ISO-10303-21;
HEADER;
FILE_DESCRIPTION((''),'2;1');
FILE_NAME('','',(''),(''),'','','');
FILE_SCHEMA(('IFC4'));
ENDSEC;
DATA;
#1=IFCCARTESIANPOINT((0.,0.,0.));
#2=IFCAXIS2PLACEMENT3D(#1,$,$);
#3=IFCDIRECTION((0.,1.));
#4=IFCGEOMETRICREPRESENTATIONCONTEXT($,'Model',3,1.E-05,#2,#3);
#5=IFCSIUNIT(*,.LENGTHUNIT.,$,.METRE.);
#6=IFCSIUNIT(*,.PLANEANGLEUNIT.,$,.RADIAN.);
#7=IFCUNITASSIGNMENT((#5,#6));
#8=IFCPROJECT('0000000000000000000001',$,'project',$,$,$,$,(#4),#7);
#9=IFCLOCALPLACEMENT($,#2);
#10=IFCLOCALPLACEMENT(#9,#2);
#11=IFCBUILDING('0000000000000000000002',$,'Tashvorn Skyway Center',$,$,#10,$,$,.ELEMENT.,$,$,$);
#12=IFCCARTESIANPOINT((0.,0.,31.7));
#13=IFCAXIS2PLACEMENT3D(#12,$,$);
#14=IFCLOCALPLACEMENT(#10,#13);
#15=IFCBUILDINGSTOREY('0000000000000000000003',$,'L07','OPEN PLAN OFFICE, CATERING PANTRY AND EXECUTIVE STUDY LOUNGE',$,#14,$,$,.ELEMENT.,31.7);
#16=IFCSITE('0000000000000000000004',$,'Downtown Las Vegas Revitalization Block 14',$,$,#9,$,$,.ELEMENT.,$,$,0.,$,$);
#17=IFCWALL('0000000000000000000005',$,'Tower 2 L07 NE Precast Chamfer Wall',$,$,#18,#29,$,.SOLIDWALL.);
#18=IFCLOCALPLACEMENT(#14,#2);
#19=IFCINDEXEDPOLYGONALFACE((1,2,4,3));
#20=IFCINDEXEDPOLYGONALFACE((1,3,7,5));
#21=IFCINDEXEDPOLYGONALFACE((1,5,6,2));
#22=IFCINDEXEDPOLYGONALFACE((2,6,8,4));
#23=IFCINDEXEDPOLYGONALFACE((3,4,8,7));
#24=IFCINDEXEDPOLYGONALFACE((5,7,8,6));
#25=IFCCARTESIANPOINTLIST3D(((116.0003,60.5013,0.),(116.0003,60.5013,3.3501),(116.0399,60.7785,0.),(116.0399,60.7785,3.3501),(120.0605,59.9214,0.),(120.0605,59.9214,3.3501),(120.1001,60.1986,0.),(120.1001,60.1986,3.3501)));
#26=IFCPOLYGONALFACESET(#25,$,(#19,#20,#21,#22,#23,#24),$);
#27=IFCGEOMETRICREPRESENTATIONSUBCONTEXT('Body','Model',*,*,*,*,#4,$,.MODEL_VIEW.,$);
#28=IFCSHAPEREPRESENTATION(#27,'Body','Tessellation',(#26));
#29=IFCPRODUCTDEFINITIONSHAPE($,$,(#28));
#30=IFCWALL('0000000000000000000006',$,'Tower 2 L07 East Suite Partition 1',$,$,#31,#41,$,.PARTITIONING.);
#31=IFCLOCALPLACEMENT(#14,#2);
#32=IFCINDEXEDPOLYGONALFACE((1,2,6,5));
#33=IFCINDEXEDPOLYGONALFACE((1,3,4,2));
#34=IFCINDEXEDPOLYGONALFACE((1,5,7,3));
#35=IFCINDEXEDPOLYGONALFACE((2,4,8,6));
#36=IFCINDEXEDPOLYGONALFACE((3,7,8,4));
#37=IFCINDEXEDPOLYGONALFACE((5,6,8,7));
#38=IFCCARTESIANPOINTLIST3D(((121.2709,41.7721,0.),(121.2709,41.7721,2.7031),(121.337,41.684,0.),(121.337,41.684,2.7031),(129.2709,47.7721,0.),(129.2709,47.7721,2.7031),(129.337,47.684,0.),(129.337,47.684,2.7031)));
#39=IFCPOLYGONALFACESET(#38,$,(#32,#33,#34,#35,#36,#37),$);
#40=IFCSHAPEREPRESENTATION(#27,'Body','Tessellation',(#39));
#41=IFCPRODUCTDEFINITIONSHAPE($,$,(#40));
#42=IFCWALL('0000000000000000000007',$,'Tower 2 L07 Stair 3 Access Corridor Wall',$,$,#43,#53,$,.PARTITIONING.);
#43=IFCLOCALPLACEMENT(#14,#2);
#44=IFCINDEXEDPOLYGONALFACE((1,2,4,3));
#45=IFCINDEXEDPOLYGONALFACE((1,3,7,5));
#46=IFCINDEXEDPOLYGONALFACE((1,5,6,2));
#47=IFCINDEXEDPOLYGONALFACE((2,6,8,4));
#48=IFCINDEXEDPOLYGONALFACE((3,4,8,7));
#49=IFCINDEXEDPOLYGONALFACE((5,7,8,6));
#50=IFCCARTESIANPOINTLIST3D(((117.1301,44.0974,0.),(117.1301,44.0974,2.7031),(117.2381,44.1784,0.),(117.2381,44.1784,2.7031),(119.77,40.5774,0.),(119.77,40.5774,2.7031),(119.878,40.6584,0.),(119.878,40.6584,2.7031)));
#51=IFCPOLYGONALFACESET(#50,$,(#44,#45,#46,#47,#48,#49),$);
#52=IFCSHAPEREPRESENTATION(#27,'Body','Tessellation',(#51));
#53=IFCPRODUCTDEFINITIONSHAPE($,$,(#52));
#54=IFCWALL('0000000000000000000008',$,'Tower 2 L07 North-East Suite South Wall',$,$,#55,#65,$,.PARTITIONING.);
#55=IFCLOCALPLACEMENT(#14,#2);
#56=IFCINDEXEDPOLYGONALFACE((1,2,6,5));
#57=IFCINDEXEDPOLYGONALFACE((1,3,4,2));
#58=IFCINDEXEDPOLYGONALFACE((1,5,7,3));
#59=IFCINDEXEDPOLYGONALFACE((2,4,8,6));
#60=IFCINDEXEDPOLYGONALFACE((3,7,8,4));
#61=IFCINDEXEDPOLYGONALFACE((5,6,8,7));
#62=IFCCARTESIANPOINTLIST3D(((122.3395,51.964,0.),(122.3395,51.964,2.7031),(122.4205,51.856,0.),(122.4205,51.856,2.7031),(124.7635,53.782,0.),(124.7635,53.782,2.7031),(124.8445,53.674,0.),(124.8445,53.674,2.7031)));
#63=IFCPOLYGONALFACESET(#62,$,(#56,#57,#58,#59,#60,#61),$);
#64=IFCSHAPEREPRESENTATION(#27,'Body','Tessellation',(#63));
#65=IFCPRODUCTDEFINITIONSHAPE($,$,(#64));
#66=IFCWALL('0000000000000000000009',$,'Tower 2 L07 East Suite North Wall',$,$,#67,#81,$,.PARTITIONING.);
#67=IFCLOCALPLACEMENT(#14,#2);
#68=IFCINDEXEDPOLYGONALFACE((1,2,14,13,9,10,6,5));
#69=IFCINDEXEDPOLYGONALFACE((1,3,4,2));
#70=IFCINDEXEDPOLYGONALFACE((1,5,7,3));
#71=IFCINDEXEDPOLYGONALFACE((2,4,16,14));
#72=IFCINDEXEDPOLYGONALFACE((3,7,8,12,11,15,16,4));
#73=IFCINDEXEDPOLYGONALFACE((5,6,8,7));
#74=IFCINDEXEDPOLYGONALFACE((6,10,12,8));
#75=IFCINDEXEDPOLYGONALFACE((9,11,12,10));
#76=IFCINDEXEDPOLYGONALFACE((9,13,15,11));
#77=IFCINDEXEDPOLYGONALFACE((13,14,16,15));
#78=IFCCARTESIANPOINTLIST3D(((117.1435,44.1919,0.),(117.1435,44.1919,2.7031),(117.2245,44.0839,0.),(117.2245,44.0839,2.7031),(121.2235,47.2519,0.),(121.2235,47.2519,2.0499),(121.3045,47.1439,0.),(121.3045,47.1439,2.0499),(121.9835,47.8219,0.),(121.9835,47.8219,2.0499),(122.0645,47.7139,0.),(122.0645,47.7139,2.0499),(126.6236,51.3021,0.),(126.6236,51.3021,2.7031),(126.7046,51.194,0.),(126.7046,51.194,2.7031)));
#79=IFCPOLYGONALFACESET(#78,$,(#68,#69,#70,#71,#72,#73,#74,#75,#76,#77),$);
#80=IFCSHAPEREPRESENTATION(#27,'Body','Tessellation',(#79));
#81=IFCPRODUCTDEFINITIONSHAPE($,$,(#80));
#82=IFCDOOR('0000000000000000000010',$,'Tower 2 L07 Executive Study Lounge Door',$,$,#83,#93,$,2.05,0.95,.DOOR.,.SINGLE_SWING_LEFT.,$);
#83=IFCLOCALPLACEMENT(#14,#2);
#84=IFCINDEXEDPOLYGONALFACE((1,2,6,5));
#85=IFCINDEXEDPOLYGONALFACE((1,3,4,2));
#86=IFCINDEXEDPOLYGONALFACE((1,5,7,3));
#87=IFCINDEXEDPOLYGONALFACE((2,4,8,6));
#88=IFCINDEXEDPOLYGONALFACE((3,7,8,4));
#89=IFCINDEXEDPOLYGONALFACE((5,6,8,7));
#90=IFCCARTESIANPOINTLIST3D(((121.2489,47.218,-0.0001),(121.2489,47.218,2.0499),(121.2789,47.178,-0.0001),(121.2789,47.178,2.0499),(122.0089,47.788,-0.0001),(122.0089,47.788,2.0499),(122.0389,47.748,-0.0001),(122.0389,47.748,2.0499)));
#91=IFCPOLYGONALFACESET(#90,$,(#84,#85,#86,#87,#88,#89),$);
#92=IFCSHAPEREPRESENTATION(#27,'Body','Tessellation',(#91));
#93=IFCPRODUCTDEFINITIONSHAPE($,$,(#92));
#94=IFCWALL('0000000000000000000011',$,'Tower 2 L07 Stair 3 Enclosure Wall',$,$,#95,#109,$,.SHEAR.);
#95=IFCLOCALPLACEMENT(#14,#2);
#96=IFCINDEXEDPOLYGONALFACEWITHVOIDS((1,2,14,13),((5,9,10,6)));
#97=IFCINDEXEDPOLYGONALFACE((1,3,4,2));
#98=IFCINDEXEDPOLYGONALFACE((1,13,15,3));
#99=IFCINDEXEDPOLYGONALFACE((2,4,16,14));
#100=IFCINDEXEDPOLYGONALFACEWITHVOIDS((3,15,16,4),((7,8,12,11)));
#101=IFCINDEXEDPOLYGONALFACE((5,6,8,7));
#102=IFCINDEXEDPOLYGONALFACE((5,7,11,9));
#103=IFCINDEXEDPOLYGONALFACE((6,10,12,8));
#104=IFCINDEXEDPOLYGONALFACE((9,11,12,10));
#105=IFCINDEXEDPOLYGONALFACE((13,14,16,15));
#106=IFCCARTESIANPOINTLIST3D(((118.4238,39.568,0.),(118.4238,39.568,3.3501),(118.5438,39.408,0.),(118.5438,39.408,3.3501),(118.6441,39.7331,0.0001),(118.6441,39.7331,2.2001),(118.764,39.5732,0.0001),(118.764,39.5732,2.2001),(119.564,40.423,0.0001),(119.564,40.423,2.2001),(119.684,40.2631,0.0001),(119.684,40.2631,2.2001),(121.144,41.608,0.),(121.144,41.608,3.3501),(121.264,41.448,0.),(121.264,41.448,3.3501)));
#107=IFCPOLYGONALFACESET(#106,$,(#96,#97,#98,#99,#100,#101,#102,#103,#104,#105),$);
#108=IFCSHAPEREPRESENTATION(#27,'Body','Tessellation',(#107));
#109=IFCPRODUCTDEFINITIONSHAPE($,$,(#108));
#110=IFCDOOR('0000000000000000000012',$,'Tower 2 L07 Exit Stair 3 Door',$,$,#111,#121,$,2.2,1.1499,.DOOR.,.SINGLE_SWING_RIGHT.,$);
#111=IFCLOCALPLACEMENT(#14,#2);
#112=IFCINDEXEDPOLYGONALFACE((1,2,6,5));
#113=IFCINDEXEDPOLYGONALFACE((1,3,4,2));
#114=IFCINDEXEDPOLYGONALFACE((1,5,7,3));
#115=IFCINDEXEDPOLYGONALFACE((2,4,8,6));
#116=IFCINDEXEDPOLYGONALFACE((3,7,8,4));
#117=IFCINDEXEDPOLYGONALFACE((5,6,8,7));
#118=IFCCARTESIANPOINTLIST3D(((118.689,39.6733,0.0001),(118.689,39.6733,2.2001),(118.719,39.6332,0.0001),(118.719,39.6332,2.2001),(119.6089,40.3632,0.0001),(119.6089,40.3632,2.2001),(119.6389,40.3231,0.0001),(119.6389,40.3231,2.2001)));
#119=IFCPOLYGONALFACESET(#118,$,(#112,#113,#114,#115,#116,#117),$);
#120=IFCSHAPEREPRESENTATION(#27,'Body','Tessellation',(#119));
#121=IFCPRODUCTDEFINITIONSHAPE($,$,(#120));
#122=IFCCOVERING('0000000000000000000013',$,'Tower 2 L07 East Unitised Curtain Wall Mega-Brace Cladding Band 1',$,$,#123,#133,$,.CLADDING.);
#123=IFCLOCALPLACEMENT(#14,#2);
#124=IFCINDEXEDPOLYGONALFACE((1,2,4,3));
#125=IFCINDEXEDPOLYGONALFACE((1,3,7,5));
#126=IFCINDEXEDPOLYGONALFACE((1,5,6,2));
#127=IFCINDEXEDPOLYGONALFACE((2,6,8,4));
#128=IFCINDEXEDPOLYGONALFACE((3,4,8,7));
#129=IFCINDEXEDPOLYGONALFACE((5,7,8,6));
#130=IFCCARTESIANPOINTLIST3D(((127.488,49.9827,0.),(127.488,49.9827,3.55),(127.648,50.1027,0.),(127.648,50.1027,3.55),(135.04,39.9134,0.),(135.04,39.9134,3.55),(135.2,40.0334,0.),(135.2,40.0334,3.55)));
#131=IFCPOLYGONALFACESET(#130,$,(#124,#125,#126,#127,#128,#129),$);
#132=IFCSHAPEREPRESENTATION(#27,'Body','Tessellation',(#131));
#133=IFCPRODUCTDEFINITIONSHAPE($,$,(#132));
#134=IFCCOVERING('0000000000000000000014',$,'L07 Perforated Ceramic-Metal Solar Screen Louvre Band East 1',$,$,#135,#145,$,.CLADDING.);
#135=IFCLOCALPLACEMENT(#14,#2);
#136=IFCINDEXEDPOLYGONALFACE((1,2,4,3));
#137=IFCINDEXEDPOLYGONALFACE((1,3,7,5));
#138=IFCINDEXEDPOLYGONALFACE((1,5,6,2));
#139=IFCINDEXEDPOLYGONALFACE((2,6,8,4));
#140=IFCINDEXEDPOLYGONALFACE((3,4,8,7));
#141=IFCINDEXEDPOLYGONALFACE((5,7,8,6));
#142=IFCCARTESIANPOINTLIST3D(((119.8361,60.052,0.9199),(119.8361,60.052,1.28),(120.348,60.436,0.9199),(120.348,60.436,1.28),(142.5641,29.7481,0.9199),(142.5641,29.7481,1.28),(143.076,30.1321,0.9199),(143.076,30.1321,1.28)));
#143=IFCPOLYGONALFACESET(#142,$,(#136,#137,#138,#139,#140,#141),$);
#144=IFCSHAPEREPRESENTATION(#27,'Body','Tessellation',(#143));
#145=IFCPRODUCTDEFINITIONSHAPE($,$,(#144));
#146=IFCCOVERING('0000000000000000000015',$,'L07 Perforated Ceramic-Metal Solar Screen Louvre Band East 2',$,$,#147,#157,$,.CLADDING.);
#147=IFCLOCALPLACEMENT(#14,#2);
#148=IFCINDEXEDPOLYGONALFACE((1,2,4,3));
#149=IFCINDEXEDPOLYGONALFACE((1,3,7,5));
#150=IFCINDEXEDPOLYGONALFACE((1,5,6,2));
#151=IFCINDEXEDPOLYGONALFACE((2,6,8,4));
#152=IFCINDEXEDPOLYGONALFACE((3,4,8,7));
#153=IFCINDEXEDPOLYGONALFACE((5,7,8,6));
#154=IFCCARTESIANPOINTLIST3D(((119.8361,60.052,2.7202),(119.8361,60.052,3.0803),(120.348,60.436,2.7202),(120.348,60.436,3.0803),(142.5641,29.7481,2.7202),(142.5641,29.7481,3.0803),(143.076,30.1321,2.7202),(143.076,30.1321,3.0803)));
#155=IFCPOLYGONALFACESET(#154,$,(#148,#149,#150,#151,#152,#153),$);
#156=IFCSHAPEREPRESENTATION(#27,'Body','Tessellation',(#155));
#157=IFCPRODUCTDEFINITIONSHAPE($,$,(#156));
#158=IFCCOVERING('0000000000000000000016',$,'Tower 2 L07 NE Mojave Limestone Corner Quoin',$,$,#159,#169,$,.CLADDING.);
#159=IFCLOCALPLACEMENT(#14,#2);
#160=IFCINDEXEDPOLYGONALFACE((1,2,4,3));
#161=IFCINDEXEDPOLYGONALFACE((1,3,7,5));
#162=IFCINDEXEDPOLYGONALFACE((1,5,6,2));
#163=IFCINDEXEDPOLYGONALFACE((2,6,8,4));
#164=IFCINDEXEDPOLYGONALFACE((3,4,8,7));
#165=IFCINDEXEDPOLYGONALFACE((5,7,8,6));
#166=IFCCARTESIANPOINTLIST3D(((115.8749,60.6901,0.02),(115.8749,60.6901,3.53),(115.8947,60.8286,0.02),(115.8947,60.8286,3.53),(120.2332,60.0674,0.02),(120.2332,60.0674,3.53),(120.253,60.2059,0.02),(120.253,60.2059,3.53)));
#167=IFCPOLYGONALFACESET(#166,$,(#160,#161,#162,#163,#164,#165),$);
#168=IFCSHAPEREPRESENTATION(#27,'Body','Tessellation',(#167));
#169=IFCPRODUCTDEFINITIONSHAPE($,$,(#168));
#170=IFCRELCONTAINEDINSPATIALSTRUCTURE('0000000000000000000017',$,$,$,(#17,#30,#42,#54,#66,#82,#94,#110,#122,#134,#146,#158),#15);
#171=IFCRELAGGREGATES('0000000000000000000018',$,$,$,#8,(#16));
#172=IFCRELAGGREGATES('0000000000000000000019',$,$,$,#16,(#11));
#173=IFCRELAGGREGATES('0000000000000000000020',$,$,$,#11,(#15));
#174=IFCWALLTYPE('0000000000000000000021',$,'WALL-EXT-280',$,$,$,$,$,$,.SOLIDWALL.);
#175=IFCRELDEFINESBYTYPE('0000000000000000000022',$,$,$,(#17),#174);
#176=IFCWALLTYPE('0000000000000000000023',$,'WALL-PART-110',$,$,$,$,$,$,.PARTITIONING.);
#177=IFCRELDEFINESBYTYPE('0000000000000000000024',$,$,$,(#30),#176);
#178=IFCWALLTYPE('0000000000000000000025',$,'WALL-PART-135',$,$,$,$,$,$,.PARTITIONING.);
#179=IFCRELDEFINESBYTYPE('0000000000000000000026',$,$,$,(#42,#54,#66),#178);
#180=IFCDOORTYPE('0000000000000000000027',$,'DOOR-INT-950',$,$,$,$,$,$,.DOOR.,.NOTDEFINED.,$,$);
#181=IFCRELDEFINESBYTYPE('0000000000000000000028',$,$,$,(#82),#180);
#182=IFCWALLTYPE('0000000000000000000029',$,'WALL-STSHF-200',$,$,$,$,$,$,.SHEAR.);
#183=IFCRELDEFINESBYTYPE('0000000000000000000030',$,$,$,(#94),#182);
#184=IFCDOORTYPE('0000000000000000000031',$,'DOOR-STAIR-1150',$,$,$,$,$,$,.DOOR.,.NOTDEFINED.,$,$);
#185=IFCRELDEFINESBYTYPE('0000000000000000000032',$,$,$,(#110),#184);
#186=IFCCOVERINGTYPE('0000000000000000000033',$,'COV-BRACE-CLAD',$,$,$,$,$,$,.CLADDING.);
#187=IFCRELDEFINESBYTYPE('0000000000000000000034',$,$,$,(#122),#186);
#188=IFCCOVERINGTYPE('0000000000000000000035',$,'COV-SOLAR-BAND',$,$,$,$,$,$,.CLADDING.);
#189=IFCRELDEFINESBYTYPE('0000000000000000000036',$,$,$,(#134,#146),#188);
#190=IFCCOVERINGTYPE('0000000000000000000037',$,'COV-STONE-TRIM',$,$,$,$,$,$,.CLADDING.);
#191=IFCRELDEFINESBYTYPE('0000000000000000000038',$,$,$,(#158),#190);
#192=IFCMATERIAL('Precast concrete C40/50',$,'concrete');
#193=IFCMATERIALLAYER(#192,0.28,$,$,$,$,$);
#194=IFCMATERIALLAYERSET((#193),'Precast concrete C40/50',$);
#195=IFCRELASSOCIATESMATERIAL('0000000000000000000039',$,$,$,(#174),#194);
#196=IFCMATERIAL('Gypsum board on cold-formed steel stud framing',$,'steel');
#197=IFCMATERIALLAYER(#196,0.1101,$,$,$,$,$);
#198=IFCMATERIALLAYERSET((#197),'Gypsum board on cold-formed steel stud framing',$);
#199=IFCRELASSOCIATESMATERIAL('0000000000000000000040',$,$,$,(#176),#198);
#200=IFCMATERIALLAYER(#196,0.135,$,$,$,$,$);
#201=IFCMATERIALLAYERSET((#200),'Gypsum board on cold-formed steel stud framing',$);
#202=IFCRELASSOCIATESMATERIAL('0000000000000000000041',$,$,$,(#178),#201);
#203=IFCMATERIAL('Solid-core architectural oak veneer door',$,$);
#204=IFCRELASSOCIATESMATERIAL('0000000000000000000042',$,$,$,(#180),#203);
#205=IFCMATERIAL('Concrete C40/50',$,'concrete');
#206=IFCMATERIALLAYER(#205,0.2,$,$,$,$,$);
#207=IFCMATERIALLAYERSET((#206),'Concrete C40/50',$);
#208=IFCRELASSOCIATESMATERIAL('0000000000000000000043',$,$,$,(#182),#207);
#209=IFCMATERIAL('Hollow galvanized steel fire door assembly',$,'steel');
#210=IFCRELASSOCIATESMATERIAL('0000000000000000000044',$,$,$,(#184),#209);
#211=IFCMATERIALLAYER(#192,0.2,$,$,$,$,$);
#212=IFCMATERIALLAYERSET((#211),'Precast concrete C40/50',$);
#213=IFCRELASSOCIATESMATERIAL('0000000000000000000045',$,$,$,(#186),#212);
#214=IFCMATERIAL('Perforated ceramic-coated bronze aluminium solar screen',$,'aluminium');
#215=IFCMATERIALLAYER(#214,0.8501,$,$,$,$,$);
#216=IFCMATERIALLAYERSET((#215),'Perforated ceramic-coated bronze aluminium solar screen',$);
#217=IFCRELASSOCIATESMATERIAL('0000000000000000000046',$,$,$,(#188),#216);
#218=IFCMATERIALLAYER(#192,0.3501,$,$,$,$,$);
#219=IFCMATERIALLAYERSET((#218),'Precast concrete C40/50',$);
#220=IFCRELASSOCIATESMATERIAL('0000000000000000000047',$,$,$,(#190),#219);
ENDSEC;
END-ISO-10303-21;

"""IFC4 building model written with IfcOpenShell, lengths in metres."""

from ifc_helpers import new_model, si_unit, direction, frame, frame_2d, origin, origin_2d, place, context, subcontext, project, spatial, rectangle, extrude, material, layer, layer_set, type_object, element, fill, save


model = new_model("IFC4")

# Units and contexts
model_context = context("Model", 3, precision=1e-05, world=origin(), true_north=direction((0.0, 1.0)))
body_context = subcontext(model_context, "Body", "Model", "MODEL_VIEW")
ifc_project = project(units=[si_unit("LENGTHUNIT", "METRE"), si_unit("PLANEANGLEUNIT", "RADIAN")], contexts=[model_context])

# Site, building, storey
site_placement = place(None, origin())
site = spatial("IfcSite", under=ifc_project, at=site_placement, Name="Downtown Las Vegas Revitalization Block 14", CompositionType="ELEMENT", RefElevation=0.0)
building_placement = place(site_placement, origin())
building = spatial("IfcBuilding", under=site, at=building_placement, Name="Tashvorn Skyway Center", CompositionType="ELEMENT")
storey_placement = place(building_placement, frame((0.0, 0.0, 31.7)))
storey = spatial("IfcBuildingStorey", under=building, at=storey_placement, Name="L07", Description="OPEN PLAN OFFICE, CATERING PANTRY AND EXECUTIVE STUDY LOUNGE", CompositionType="ELEMENT", Elevation=31.7)

# Walls
ifc_material_1 = material(Name="Precast concrete C40/50", Category="concrete")
ifc_layer_1 = layer(ifc_material_1, 0.28)
ifc_layer_set_1 = layer_set([ifc_layer_1], Name="Precast concrete C40/50")
wall_type_1 = type_object("IfcWallType", Name="WALL-EXT-280", PredefinedType="SOLIDWALL", material=ifc_layer_set_1)
wall_1_placement = place(storey_placement, frame((116.02, 60.6399, 0.0), z_axis=(0.0, 0.0, 1.0), x_axis=(0.989955, -0.14138, 0.0)))
element("IfcWall", 1, at=wall_1_placement, inside=storey, type_object=wall_type_1, Name="Tower 2 L07 NE Precast Chamfer Wall", PredefinedType="SOLIDWALL", context=body_context, shape_type="SweptSolid", body=[
    extrude(rectangle(XDim=4.1013, YDim=0.28, at=frame_2d((2.0508, 0.0))), origin(), (0.0, 0.0, 1.0), 3.3501),
])
ifc_material_2 = material(Name="Gypsum board on cold-formed steel stud framing", Category="steel")
ifc_layer_2 = layer(ifc_material_2, 0.1101)
ifc_layer_set_2 = layer_set([ifc_layer_2], Name="Gypsum board on cold-formed steel stud framing")
wall_type_2 = type_object("IfcWallType", Name="WALL-PART-110", PredefinedType="PARTITIONING", material=ifc_layer_set_2)
wall_2_placement = place(storey_placement, frame((129.304, 47.728, 0.0), z_axis=(0.0, 0.0, 1.0), x_axis=(-0.8, -0.6, 0.0)))
element("IfcWall", 2, at=wall_2_placement, inside=storey, type_object=wall_type_2, Name="Tower 2 L07 East Suite Partition 1", PredefinedType="PARTITIONING", context=body_context, shape_type="SweptSolid", body=[
    extrude(rectangle(XDim=10.0, YDim=0.1101, at=frame_2d((5.0, 0.0))), origin(), (0.0, 0.0, 1.0), 2.7031),
])
ifc_layer_3 = layer(ifc_material_2, 0.135)
ifc_layer_set_3 = layer_set([ifc_layer_3], Name="Gypsum board on cold-formed steel stud framing")
wall_type_3 = type_object("IfcWallType", Name="WALL-PART-135", PredefinedType="PARTITIONING", material=ifc_layer_set_3)
wall_3_placement = place(storey_placement, frame((119.824, 40.6179, 0.0), z_axis=(0.0, 0.0, 1.0), x_axis=(-0.599982, 0.800013, 0.0)))
element("IfcWall", 3, at=wall_3_placement, inside=storey, type_object=wall_type_3, Name="Tower 2 L07 Stair 3 Access Corridor Wall", PredefinedType="PARTITIONING", context=body_context, shape_type="SweptSolid", body=[
    extrude(rectangle(XDim=4.3999, YDim=0.135, at=frame_2d((2.2, 0.0))), origin(), (0.0, 0.0, 1.0), 2.7031),
])
wall_4_placement = place(storey_placement, frame((122.3799, 51.9099, 0.0), z_axis=(0.0, 0.0, 1.0), x_axis=(0.79999, 0.600013, 0.0)))
element("IfcWall", 4, at=wall_4_placement, inside=storey, type_object=wall_type_3, Name="Tower 2 L07 North-East Suite South Wall", PredefinedType="PARTITIONING", context=body_context, shape_type="SweptSolid", body=[
    extrude(rectangle(XDim=3.03, YDim=0.135, at=frame_2d((1.5151, 0.0))), origin(), (0.0, 0.0, 1.0), 2.7031),
])

# Walls, openings, doors
wall_5_placement = place(storey_placement, frame((126.6641, 51.248, 0.0), z_axis=(0.0, 0.0, 1.0), x_axis=(-0.799995, -0.600007, 0.0)))
wall_5 = element("IfcWall", 5, at=wall_5_placement, inside=storey, type_object=wall_type_3, Name="Tower 2 L07 East Suite North Wall", PredefinedType="PARTITIONING", context=body_context, shape_type="SweptSolid", body=[
    extrude(rectangle(XDim=11.8501, YDim=0.135, at=frame_2d((5.925, 0.0))), origin(), (0.0, 0.0, 1.0), 2.7031),
])
opening_1_placement = place(wall_5_placement, frame((5.8, 0.0, 0.0)))
opening_1 = element("IfcOpeningElement", 6, at=opening_1_placement, cuts=wall_5, PredefinedType="OPENING", context=body_context, shape_type="SweptSolid", body=[
    extrude(rectangle(XDim=0.95, YDim=2.05, at=frame_2d((0.4751, 1.0249))), frame((0.0, 0.0774, 0.0), z_axis=(0.0, -1.0, 0.0), x_axis=(1.0, 0.0, 0.0)), (0.0, 0.0, 1.0), 0.155),
])
ifc_material_3 = material(Name="Solid-core architectural oak veneer door")
door_type_1 = type_object("IfcDoorType", Name="DOOR-INT-950", OperationType="NOTDEFINED", PredefinedType="DOOR", material=ifc_material_3)
door_1_placement = place(opening_1_placement, origin())
door_1 = element("IfcDoor", 7, at=door_1_placement, inside=storey, type_object=door_type_1, Name="Tower 2 L07 Executive Study Lounge Door", OperationType="SINGLE_SWING_LEFT", OverallHeight=2.05, OverallWidth=0.95, PredefinedType="DOOR", context=body_context, shape_type="SweptSolid", body=[
    extrude(rectangle(XDim=0.95, YDim=2.05, at=frame_2d((0.4751, 1.0249))), frame((0.0, 0.0249, 0.0), z_axis=(0.0, -1.0, 0.0), x_axis=(1.0, 0.0, 0.0)), (0.0, 0.0, 1.0), 0.05),
])
fill(opening_1, door_1)
ifc_material_4 = material(Name="Concrete C40/50", Category="concrete")
ifc_layer_4 = layer(ifc_material_4, 0.2)
ifc_layer_set_4 = layer_set([ifc_layer_4], Name="Concrete C40/50")
wall_type_4 = type_object("IfcWallType", Name="WALL-STSHF-200", PredefinedType="SHEAR", material=ifc_layer_set_4)
wall_6_placement = place(storey_placement, frame((121.2041, 41.5281, 0.0), z_axis=(0.0, 0.0, 1.0), x_axis=(-0.800017, -0.599977, 0.0)))
wall_6 = element("IfcWall", 8, at=wall_6_placement, inside=storey, type_object=wall_type_4, Name="Tower 2 L07 Stair 3 Enclosure Wall", PredefinedType="SHEAR", context=body_context, shape_type="SweptSolid", body=[
    extrude(rectangle(XDim=3.4001, YDim=0.2, at=frame_2d((1.7002, 0.0))), origin(), (0.0, 0.0, 1.0), 3.3501),
])
opening_2_placement = place(wall_6_placement, frame((1.9751, 0.0, 0.0)))
opening_2 = element("IfcOpeningElement", 9, at=opening_2_placement, cuts=wall_6, PredefinedType="OPENING", context=body_context, shape_type="SweptSolid", body=[
    extrude(rectangle(XDim=1.1499, YDim=2.2, at=frame_2d((0.575, 1.1001))), frame((0.0, 0.1099, 0.0), z_axis=(0.0, -1.0, 0.0), x_axis=(1.0, 0.0, 0.0)), (0.0, 0.0, 1.0), 0.22),
])
ifc_material_5 = material(Name="Hollow galvanized steel fire door assembly", Category="steel")
door_type_2 = type_object("IfcDoorType", Name="DOOR-STAIR-1150", OperationType="NOTDEFINED", PredefinedType="DOOR", material=ifc_material_5)
door_2_placement = place(opening_2_placement, origin())
door_2 = element("IfcDoor", 10, at=door_2_placement, inside=storey, type_object=door_type_2, Name="Tower 2 L07 Exit Stair 3 Door", OperationType="SINGLE_SWING_RIGHT", OverallHeight=2.2, OverallWidth=1.1499, PredefinedType="DOOR", context=body_context, shape_type="SweptSolid", body=[
    extrude(rectangle(XDim=1.1499, YDim=2.2, at=frame_2d((0.575, 1.1001))), frame((0.0, 0.0249, 0.0), z_axis=(0.0, -1.0, 0.0), x_axis=(1.0, 0.0, 0.0)), (0.0, 0.0, 1.0), 0.05),
])
fill(opening_2, door_2)

# Coverings
ifc_layer_5 = layer(ifc_material_1, 0.2)
ifc_layer_set_5 = layer_set([ifc_layer_5], Name="Precast concrete C40/50")
covering_type_1 = type_object("IfcCoveringType", Name="COV-BRACE-CLAD", PredefinedType="CLADDING", material=ifc_layer_set_5)
covering_1_placement = place(storey_placement, frame((131.344, 45.0081, 0.0), z_axis=(0.0, 0.0, 1.0), x_axis=(0.6, -0.8, 0.0)))
element("IfcCovering", 11, at=covering_1_placement, inside=storey, type_object=covering_type_1, Name="Tower 2 L07 East Unitised Curtain Wall Mega-Brace Cladding Band 1", PredefinedType="CLADDING", context=body_context, shape_type="SweptSolid", body=[
    extrude(rectangle(XDim=12.5867, YDim=0.2, at=origin_2d()), origin(), (0.0, 0.0, 1.0), 3.55),
])
ifc_material_6 = material(Name="Perforated ceramic-coated bronze aluminium solar screen", Category="aluminium")
ifc_layer_6 = layer(ifc_material_6, 0.8501)
ifc_layer_set_6 = layer_set([ifc_layer_6], Name="Perforated ceramic-coated bronze aluminium solar screen")
covering_type_2 = type_object("IfcCoveringType", Name="COV-SOLAR-BAND", PredefinedType="CLADDING", material=ifc_layer_set_6)
for number, where, z_axis, x_axis, name in (
    (12, (131.4561, 45.092, 0.9199), (0.0, 0.0, 1.0), (0.6, -0.8, 0.0), "L07 Perforated Ceramic-Metal Solar Screen Louvre Band East 1"),
    (13, (131.4561, 45.092, 2.7202), (0.0, 0.0, 1.0), (0.6, -0.8, 0.0), "L07 Perforated Ceramic-Metal Solar Screen Louvre Band East 2"),
):
    element("IfcCovering", number, at=place(storey_placement, frame(where, z_axis=z_axis, x_axis=x_axis)), inside=storey, type_object=covering_type_2, Name=name, PredefinedType="CLADDING", context=body_context, shape_type="SweptSolid", body=[
        extrude(rectangle(XDim=37.8799, YDim=0.6399, at=origin_2d()), origin(), (0.0, 0.0, 1.0), 0.3601),
    ])
ifc_layer_7 = layer(ifc_material_1, 0.3501)
ifc_layer_set_7 = layer_set([ifc_layer_7], Name="Precast concrete C40/50")
covering_type_3 = type_object("IfcCoveringType", Name="COV-STONE-TRIM", PredefinedType="CLADDING", material=ifc_layer_set_7)
covering_2_placement = place(storey_placement, frame((118.064, 60.448, 0.02), z_axis=(0.0, 0.0, 1.0), x_axis=(0.989949, -0.141421, 0.0)))
element("IfcCovering", 14, at=covering_2_placement, inside=storey, type_object=covering_type_3, Name="Tower 2 L07 NE Mojave Limestone Corner Quoin", PredefinedType="CLADDING", context=body_context, shape_type="SweptSolid", body=[
    extrude(rectangle(XDim=4.4026, YDim=0.1399, at=origin_2d()), origin(), (0.0, 0.0, 1.0), 3.51),
])

save(model, "model.ifc")
